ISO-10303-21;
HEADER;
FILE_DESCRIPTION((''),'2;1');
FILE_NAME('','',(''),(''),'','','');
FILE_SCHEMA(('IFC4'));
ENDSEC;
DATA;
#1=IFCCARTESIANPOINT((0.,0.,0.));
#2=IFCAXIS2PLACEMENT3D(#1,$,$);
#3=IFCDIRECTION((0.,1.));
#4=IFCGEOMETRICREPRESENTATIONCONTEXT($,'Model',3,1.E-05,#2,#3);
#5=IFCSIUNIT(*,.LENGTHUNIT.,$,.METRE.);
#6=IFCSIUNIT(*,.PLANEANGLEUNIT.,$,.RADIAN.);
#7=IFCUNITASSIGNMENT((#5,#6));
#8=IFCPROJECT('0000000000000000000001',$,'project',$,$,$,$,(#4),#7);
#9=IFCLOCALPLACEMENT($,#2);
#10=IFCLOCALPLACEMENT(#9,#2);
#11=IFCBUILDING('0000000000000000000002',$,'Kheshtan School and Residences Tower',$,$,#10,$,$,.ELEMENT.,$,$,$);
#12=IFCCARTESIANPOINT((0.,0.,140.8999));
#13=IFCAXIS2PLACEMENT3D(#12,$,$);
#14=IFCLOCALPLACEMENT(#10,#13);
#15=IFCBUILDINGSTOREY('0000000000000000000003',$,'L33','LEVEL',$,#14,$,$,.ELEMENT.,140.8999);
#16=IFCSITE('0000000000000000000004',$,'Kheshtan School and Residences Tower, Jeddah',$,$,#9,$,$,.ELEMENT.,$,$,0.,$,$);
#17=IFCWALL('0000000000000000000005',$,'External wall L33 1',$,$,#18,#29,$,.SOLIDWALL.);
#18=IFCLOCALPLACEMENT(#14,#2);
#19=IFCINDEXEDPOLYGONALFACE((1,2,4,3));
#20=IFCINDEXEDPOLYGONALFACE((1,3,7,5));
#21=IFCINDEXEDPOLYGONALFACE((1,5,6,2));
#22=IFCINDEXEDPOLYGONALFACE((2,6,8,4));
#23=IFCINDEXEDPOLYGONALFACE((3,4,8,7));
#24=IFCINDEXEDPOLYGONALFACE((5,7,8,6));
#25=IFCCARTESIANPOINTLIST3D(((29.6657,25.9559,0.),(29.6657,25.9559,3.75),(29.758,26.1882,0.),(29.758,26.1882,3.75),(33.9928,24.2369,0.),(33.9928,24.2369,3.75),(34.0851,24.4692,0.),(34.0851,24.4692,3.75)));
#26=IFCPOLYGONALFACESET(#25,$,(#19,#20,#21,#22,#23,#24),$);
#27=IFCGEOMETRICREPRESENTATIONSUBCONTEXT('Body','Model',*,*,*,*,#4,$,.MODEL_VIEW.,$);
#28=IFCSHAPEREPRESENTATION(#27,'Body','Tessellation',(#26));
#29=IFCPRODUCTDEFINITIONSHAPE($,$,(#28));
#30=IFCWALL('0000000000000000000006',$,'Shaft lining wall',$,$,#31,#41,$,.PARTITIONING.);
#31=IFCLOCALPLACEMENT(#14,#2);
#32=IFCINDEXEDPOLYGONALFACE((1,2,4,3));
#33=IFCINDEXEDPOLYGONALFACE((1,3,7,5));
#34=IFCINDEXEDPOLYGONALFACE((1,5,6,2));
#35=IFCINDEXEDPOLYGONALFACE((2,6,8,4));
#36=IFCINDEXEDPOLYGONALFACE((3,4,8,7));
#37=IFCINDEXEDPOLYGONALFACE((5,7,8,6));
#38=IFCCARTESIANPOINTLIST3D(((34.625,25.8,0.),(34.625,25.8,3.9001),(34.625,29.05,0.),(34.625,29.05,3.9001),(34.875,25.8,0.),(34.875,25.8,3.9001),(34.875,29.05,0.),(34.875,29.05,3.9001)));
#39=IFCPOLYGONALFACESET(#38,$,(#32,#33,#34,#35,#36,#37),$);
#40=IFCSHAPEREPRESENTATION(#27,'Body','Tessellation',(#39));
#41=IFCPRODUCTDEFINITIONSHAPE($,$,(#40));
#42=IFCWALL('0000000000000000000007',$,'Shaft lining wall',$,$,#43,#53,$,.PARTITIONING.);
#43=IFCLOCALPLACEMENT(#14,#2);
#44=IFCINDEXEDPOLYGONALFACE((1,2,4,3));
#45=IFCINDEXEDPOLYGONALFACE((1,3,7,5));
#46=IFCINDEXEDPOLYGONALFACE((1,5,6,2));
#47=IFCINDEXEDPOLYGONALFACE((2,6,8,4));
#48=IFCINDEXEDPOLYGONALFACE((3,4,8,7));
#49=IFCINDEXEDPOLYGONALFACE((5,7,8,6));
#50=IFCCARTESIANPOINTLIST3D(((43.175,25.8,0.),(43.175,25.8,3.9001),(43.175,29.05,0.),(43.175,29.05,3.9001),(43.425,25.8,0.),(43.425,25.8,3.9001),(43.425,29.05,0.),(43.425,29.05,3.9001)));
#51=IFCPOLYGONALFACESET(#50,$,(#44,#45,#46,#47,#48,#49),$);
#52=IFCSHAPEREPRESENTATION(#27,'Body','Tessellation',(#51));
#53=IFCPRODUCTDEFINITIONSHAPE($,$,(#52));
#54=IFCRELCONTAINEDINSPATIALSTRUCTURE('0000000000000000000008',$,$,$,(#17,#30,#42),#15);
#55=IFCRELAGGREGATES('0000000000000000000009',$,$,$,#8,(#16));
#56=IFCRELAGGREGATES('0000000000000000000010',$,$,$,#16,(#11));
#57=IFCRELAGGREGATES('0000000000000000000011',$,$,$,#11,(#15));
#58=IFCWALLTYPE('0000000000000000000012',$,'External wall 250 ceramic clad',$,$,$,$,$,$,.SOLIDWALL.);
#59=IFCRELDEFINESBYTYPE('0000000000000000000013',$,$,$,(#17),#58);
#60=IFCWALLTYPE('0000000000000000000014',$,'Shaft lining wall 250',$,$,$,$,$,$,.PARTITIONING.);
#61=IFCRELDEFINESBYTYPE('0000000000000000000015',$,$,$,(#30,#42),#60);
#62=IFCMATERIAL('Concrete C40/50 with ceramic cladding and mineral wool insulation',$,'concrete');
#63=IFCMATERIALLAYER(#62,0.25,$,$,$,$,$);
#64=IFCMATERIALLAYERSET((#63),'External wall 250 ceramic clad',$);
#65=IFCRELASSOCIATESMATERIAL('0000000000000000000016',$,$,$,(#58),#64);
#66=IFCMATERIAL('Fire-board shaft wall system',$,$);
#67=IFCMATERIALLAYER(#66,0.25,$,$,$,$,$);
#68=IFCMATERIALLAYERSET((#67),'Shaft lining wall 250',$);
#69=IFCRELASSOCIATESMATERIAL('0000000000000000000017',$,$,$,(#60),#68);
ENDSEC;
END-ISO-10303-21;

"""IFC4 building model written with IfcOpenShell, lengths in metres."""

from ifc_helpers import new_model, si_unit, direction, frame, frame_2d, origin, place, context, subcontext, project, spatial, rectangle, extrude, material, layer, layer_set, type_object, element, save


model = new_model("IFC4")

# Units and contexts
model_context = context("Model", 3, precision=1e-05, world=origin(), true_north=direction((0.0, 1.0)))
body_context = subcontext(model_context, "Body", "Model", "MODEL_VIEW")
ifc_project = project(units=[si_unit("LENGTHUNIT", "METRE"), si_unit("PLANEANGLEUNIT", "RADIAN")], contexts=[model_context])

# Site, building, storey
site_placement = place(None, origin())
site = spatial("IfcSite", under=ifc_project, at=site_placement, Name="Kheshtan School and Residences Tower, Jeddah", CompositionType="ELEMENT", RefElevation=0.0)
building_placement = place(site_placement, origin())
building = spatial("IfcBuilding", under=site, at=building_placement, Name="Kheshtan School and Residences Tower", CompositionType="ELEMENT")
storey_placement = place(building_placement, frame((0.0, 0.0, 140.8999)))
storey = spatial("IfcBuildingStorey", under=building, at=storey_placement, Name="L33", Description="LEVEL", CompositionType="ELEMENT", Elevation=140.8999)

# Walls
ifc_material_1 = material(Name="Concrete C40/50 with ceramic cladding and mineral wool insulation", Category="concrete")
ifc_layer_1 = layer(ifc_material_1, 0.25)
ifc_layer_set_1 = layer_set([ifc_layer_1], Name="External wall 250 ceramic clad")
wall_type_1 = type_object("IfcWallType", Name="External wall 250 ceramic clad", PredefinedType="SOLIDWALL", material=ifc_layer_set_1)
wall_1_placement = place(storey_placement, frame((34.0391, 24.353, 0.0), z_axis=(0.0, 0.0, 1.0), x_axis=(-0.929353, 0.369193, 0.0)))
element("IfcWall", 1, at=wall_1_placement, inside=storey, type_object=wall_type_1, Name="External wall L33 1", PredefinedType="SOLIDWALL", context=body_context, shape_type="SweptSolid", body=[
    extrude(rectangle(XDim=4.656, YDim=0.25, at=frame_2d((2.3281, 0.0))), origin(), (0.0, 0.0, 1.0), 3.75),
])
ifc_material_2 = material(Name="Fire-board shaft wall system")
ifc_layer_2 = layer(ifc_material_2, 0.25)
ifc_layer_set_2 = layer_set([ifc_layer_2], Name="Shaft lining wall 250")
wall_type_2 = type_object("IfcWallType", Name="Shaft lining wall 250", PredefinedType="PARTITIONING", material=ifc_layer_set_2)
for number, where, z_axis, x_axis, name in (
    (2, (34.75, 25.8, 0.0), (0.0, 0.0, 1.0), (0.0, 1.0, 0.0), "Shaft lining wall"),
    (3, (43.3, 25.8, 0.0), (0.0, 0.0, 1.0), (0.0, 1.0, 0.0), "Shaft lining wall"),
):
    element("IfcWall", number, at=place(storey_placement, frame(where, z_axis=z_axis, x_axis=x_axis)), inside=storey, type_object=wall_type_2, Name=name, PredefinedType="PARTITIONING", context=body_context, shape_type="SweptSolid", body=[
        extrude(rectangle(XDim=3.25, YDim=0.25, at=frame_2d((1.625, 0.0))), origin(), (0.0, 0.0, 1.0), 3.9001),
    ])

save(model, "model.ifc")
